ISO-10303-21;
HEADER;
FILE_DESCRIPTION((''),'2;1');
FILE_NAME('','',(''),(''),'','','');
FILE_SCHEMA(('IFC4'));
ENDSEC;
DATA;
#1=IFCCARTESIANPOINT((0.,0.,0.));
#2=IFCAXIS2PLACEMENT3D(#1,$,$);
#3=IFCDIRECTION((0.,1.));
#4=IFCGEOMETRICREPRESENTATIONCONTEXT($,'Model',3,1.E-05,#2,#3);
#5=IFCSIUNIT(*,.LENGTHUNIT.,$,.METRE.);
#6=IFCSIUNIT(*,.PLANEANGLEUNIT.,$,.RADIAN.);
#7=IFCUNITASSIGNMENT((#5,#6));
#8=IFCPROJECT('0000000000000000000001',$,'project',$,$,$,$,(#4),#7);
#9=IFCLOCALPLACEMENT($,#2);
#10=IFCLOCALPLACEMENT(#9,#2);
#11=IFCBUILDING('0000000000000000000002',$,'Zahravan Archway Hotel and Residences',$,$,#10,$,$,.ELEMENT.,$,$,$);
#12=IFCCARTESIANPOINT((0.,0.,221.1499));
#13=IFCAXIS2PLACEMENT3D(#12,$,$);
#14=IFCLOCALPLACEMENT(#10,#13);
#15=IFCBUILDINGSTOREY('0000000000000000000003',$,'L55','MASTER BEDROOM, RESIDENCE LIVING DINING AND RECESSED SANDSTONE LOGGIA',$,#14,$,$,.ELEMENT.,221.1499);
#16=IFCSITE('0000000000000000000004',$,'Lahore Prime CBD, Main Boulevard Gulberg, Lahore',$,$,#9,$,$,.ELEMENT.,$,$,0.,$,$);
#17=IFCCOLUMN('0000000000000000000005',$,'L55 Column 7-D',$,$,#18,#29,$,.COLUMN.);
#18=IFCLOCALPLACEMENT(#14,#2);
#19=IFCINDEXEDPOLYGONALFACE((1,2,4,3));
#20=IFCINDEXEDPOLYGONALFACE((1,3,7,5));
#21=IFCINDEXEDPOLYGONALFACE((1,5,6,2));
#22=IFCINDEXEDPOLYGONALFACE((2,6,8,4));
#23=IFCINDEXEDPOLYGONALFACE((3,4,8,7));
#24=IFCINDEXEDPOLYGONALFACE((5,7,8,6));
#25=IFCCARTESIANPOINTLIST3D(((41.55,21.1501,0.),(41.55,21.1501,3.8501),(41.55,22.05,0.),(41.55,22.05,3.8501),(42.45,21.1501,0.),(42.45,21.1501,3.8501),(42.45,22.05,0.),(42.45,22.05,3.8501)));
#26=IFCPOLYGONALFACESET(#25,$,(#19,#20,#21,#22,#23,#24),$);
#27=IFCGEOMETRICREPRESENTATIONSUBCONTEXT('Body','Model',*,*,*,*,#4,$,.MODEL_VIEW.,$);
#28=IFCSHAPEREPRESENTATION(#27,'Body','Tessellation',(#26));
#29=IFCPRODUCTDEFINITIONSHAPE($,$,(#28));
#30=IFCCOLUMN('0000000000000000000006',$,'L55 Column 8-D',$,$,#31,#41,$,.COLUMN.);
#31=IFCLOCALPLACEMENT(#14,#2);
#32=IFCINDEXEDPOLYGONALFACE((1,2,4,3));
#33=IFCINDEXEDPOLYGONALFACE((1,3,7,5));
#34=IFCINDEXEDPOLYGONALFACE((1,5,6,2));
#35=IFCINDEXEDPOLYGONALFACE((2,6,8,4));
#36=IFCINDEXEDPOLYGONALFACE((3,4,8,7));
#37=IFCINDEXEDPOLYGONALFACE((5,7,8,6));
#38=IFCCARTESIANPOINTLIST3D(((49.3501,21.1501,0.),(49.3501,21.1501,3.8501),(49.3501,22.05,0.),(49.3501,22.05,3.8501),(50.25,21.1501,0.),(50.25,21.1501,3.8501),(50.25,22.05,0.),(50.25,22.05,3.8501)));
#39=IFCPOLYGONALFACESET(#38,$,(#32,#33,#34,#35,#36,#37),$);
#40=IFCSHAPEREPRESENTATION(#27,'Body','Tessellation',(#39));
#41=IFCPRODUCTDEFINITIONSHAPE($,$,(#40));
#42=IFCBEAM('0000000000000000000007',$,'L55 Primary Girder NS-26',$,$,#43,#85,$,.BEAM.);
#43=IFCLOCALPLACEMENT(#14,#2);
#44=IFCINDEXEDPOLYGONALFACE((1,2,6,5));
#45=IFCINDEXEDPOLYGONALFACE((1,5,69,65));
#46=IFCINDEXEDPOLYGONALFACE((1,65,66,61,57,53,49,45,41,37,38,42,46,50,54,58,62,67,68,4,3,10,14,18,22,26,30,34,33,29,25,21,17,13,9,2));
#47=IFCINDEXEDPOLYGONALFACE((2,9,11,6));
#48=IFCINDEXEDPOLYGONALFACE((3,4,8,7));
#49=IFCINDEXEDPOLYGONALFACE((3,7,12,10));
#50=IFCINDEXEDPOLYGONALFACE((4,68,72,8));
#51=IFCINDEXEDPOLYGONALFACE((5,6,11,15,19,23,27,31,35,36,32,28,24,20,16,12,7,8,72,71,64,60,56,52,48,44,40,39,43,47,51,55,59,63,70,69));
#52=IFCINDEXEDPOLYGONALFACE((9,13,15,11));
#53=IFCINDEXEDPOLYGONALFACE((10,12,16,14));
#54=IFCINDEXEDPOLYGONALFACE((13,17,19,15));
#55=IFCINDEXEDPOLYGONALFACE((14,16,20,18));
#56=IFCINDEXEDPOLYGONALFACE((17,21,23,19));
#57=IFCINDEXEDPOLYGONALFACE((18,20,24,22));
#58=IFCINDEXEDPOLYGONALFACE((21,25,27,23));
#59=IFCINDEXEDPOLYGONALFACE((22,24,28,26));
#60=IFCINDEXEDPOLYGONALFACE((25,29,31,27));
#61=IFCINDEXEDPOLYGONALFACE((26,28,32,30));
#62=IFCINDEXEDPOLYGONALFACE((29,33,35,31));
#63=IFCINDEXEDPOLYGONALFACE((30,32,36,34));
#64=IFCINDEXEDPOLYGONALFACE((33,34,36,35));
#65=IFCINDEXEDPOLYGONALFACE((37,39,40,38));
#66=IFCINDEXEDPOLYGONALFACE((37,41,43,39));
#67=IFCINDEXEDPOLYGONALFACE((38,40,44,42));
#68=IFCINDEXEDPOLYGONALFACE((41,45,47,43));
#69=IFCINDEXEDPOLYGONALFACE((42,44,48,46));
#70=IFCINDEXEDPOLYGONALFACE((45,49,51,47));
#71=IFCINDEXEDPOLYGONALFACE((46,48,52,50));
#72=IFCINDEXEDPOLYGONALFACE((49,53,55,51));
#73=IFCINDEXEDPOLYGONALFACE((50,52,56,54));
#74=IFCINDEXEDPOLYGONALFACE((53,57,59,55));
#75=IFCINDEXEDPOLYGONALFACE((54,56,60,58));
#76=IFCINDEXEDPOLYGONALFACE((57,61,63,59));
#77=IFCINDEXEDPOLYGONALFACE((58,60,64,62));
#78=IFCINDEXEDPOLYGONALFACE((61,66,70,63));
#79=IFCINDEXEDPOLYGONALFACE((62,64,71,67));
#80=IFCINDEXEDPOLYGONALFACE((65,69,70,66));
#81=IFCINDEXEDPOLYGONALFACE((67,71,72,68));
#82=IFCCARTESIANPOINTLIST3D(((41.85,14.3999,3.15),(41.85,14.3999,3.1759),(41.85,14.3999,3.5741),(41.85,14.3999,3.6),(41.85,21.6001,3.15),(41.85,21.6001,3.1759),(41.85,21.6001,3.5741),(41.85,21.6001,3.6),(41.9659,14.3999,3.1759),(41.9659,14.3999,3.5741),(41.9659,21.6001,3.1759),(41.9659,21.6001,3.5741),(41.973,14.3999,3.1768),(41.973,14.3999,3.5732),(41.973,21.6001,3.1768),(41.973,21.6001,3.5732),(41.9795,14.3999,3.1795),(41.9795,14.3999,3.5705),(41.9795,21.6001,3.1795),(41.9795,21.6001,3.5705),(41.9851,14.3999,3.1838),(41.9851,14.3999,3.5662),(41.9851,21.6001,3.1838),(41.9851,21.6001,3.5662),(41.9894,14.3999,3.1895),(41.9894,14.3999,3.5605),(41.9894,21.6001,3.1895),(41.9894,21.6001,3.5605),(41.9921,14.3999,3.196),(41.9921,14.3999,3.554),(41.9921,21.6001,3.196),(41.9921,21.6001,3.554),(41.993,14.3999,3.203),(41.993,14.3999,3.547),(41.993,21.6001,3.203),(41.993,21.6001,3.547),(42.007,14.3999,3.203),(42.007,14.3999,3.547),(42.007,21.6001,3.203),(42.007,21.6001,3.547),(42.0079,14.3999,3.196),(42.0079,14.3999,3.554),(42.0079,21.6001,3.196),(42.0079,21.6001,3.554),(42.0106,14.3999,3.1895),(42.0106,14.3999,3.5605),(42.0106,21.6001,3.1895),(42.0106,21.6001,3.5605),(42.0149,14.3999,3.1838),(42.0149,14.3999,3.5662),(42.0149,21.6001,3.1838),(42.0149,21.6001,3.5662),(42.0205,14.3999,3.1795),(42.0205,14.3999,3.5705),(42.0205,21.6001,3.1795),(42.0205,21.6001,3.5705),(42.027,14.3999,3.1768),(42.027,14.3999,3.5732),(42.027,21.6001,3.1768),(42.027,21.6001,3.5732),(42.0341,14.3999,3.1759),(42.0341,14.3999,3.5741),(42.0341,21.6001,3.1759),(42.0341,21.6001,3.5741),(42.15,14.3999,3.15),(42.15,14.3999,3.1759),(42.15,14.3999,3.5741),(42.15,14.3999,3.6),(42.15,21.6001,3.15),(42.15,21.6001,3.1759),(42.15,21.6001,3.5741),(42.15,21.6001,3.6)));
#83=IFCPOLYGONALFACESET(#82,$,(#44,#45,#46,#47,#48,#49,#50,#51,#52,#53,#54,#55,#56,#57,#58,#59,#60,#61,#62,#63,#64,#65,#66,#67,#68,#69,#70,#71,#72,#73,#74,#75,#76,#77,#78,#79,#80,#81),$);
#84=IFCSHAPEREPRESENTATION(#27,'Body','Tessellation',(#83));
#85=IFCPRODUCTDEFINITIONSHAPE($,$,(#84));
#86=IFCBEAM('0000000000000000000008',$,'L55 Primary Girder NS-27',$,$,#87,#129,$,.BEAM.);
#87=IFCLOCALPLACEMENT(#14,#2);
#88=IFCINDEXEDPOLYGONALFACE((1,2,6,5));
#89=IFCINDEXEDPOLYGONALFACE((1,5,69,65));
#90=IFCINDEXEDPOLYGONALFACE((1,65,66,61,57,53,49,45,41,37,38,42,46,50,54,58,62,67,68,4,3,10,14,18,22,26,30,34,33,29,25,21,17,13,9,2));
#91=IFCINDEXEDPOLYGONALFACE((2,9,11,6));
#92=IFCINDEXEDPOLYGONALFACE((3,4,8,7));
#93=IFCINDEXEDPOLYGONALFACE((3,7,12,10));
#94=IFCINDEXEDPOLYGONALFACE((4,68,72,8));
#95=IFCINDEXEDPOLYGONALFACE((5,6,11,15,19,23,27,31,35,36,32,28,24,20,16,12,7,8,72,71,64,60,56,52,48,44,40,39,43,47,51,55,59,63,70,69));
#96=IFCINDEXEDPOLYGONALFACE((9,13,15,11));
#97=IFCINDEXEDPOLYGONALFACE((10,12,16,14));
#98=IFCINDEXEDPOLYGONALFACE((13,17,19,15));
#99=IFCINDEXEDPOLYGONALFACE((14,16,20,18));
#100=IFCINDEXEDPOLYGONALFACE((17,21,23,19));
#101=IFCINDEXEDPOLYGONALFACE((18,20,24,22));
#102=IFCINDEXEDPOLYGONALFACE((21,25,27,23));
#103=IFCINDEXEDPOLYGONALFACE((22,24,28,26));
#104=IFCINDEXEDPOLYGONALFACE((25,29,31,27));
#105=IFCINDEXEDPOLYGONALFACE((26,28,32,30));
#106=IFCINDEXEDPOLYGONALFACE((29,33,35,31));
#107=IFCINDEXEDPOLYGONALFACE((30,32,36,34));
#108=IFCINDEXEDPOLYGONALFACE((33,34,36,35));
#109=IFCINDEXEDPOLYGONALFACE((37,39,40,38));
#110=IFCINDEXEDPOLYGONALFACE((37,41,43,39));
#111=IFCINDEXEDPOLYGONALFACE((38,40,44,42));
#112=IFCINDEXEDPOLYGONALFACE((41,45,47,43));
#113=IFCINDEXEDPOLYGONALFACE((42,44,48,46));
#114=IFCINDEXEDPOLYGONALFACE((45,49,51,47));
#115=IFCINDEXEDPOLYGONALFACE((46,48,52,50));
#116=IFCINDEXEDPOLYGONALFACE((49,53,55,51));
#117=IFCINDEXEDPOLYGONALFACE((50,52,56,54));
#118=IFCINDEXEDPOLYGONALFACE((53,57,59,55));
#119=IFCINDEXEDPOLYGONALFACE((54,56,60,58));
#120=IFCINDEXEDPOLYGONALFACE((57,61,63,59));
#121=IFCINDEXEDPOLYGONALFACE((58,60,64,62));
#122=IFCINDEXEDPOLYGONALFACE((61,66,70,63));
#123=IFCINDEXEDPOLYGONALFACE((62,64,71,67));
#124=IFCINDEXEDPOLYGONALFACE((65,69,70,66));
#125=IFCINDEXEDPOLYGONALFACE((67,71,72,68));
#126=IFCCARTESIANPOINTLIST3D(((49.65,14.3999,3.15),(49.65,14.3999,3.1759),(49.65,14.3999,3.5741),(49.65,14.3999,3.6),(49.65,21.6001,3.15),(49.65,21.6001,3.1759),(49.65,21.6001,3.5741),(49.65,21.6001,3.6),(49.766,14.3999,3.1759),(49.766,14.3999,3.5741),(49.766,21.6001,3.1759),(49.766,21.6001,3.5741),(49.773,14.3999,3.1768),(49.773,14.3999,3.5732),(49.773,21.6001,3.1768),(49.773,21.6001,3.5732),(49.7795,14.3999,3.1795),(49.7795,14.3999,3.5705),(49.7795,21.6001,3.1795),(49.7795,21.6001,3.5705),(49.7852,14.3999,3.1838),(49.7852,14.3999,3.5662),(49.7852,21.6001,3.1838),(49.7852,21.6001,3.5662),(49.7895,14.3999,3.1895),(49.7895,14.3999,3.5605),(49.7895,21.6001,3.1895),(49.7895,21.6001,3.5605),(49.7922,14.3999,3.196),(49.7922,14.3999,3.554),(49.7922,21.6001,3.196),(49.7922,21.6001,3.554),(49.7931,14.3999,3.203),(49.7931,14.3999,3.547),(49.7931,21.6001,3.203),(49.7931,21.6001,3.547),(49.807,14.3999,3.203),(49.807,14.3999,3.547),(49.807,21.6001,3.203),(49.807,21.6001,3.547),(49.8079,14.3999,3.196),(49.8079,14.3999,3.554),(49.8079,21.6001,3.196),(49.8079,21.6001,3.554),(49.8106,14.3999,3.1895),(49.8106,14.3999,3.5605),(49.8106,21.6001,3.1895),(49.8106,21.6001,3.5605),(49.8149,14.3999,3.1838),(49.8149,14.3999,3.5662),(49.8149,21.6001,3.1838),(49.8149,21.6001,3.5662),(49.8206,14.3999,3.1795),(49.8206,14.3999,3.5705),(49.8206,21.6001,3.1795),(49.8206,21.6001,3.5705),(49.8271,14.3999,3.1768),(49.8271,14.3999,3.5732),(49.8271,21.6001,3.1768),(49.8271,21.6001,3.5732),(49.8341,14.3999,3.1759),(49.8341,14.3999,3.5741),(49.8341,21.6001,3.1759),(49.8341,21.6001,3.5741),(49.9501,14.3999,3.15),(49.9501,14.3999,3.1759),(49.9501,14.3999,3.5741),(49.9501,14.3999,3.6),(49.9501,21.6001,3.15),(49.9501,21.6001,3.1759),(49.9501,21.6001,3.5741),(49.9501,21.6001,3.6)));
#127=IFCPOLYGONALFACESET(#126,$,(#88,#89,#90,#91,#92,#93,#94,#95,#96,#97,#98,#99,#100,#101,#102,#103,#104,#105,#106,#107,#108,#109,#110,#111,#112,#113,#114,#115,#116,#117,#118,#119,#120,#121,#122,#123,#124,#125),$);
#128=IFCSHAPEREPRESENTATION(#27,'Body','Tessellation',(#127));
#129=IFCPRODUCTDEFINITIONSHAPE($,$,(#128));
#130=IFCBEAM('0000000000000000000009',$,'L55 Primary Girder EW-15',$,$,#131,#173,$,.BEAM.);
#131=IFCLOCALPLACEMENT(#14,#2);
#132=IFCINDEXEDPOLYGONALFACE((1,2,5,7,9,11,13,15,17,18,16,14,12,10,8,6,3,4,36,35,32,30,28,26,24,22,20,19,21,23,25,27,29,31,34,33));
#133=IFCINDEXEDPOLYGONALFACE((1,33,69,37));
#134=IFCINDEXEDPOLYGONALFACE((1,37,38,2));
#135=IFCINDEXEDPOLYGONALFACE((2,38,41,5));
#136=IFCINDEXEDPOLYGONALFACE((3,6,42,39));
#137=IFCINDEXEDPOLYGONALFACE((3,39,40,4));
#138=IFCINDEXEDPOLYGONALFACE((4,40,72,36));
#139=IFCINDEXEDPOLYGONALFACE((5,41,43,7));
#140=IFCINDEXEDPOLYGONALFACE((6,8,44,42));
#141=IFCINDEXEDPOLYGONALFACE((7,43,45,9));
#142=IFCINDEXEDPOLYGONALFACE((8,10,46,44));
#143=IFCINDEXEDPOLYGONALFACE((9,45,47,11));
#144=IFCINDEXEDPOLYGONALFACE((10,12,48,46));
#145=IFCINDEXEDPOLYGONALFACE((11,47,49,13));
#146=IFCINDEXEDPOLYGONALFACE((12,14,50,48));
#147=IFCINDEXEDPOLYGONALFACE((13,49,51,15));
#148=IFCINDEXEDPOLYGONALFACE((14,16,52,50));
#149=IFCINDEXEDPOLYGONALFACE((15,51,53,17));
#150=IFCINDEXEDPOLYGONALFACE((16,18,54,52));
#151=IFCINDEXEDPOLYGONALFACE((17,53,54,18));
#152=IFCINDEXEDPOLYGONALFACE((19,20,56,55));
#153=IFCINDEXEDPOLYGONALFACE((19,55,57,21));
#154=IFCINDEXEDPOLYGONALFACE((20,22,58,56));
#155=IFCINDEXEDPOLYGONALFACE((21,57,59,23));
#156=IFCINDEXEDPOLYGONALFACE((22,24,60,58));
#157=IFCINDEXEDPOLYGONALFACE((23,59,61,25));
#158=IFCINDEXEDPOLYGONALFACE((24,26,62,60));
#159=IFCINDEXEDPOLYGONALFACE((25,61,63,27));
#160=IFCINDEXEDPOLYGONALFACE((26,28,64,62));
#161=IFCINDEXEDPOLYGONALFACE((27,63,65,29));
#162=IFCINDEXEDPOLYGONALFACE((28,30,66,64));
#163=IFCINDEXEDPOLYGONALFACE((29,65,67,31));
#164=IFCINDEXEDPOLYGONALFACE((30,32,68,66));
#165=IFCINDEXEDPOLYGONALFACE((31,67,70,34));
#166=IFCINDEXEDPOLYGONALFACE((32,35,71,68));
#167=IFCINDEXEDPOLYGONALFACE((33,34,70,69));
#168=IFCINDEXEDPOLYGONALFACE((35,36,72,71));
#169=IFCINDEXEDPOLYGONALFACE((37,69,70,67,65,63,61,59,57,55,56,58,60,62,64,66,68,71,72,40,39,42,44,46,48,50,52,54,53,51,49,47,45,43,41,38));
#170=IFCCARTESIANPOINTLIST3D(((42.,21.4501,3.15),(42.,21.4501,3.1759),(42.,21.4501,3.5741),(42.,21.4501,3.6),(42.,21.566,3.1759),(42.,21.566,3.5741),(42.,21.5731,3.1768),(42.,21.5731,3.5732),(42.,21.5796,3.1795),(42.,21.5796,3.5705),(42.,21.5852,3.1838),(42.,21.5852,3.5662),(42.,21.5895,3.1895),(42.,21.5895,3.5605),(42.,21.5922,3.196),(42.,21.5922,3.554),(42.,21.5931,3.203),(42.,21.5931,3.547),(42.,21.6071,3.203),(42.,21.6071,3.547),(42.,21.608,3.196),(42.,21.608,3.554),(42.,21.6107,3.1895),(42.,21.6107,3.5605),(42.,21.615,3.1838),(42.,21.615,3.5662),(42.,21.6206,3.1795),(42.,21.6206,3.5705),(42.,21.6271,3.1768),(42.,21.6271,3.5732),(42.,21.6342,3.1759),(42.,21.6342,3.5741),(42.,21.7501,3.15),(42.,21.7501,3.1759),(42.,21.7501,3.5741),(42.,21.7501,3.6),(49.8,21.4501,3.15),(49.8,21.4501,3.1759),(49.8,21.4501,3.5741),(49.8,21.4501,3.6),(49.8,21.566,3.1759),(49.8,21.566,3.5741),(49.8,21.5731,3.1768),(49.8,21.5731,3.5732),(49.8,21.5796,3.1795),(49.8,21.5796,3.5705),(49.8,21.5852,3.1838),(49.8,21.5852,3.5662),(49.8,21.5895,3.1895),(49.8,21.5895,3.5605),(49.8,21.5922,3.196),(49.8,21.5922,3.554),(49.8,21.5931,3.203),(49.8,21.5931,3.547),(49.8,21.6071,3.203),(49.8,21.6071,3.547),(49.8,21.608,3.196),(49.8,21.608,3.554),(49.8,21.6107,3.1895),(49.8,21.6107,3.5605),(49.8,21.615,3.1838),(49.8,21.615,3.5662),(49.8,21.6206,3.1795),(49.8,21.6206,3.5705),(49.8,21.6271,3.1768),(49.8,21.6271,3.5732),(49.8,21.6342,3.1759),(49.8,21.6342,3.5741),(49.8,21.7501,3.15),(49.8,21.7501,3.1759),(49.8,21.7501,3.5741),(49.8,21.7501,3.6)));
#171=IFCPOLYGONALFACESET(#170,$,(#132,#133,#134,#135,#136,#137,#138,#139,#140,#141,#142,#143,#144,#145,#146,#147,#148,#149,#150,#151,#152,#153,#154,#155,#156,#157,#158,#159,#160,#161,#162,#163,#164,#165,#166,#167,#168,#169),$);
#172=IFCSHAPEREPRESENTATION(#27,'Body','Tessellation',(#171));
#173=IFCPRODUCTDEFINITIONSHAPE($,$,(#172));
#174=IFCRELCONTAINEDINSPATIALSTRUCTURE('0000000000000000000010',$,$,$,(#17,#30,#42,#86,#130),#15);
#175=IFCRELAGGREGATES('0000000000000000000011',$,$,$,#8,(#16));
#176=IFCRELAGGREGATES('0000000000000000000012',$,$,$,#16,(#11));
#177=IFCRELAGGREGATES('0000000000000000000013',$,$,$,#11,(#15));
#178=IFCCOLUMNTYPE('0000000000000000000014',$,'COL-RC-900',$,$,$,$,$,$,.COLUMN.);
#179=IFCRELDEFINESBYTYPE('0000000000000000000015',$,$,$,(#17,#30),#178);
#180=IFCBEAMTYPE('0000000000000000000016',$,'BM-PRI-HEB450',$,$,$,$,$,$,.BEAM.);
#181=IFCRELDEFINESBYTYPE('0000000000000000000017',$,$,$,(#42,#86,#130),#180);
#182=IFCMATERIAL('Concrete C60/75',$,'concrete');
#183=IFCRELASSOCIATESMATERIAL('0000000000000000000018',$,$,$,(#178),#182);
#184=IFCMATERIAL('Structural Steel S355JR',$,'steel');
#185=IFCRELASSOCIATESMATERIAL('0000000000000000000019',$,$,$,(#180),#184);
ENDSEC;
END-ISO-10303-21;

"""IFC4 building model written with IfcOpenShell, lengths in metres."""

from ifc_helpers import new_model, si_unit, direction, frame, origin, origin_2d, place, context, subcontext, project, spatial, rectangle, i_section, extrude, source, transform, mapped, material, material_profile, profile_set, type_object, type_shapes, element, save


model = new_model("IFC4")

# Units and contexts
model_context = context("Model", 3, precision=1e-05, world=origin(), true_north=direction((0.0, 1.0)))
body_context = subcontext(model_context, "Body", "Model", "MODEL_VIEW")
ifc_project = project(units=[si_unit("LENGTHUNIT", "METRE"), si_unit("PLANEANGLEUNIT", "RADIAN")], contexts=[model_context])

# Site, building, storey
site_placement = place(None, origin())
site = spatial("IfcSite", under=ifc_project, at=site_placement, Name="Lahore Prime CBD, Main Boulevard Gulberg, Lahore", CompositionType="ELEMENT", RefElevation=0.0)
building_placement = place(site_placement, origin())
building = spatial("IfcBuilding", under=site, at=building_placement, Name="Zahravan Archway Hotel and Residences", CompositionType="ELEMENT")
storey_placement = place(building_placement, frame((0.0, 0.0, 221.1499)))
storey = spatial("IfcBuildingStorey", under=building, at=storey_placement, Name="L55", Description="MASTER BEDROOM, RESIDENCE LIVING DINING AND RECESSED SANDSTONE LOGGIA", CompositionType="ELEMENT", Elevation=221.1499)

# Columns
ifc_material_1 = material(Name="Concrete C60/75", Category="concrete")
ifc_material_profile_1 = material_profile(ifc_material_1, rectangle(XDim=0.8999, YDim=0.8999, at=origin_2d()), Name="RC-COL-900x900", Category="concrete")
ifc_profile_set_1 = profile_set([ifc_material_profile_1], Name="Concrete C60/75")
column_type = type_object("IfcColumnType", Name="COL-RC-900", PredefinedType="COLUMN", material=ifc_profile_set_1)
shared_shape_1 = source(origin(), body_context, "Body", "SweptSolid", [
    extrude(rectangle(XDim=0.8999, YDim=0.8999, at=origin_2d()), origin(), (0.0, 0.0, 1.0), 3.8501),
])
type_shapes(column_type, [shared_shape_1])
for number, where, z_axis, x_axis, name in (
    (1, (42.0, 21.6001, 0.0), (0.0, 0.0, 1.0), (1.0, 0.0, 0.0), "L55 Column 7-D"),
    (2, (49.8, 21.6001, 0.0), (0.0, 0.0, 1.0), (1.0, 0.0, 0.0), "L55 Column 8-D"),
):
    element("IfcColumn", number, at=place(storey_placement, frame(where, z_axis=z_axis, x_axis=x_axis)), inside=storey, type_object=column_type, Name=name, PredefinedType="COLUMN", context=body_context, shape_type="MappedRepresentation", body=[
        mapped(shared_shape_1, transform((0.0, 0.0, 0.0), scale=1.0)),
    ])

# Beams
ifc_material_2 = material(Name="Structural Steel S355JR", Category="steel")
ifc_material_profile_2 = material_profile(ifc_material_2, i_section(OverallWidth=0.3, OverallDepth=0.45, WebThickness=0.0139, FlangeThickness=0.0259, FilletRadius=0.0271, at=origin_2d()), Name="HEB 450", Category="steel")
ifc_profile_set_2 = profile_set([ifc_material_profile_2], Name="Structural Steel S355JR")
beam_type = type_object("IfcBeamType", Name="BM-PRI-HEB450", PredefinedType="BEAM", material=ifc_profile_set_2)
shared_shape_2 = source(origin(), body_context, "Body", "SweptSolid", [
    extrude(i_section(OverallWidth=0.3, OverallDepth=0.45, WebThickness=0.0139, FlangeThickness=0.0259, FilletRadius=0.0271, at=origin_2d()), origin(), (0.0, 0.0, 1.0), 7.2002),
])
type_shapes(beam_type, [shared_shape_2])
for number, where, z_axis, x_axis, name in (
    (3, (42.0, 14.3999, 3.375), (0.0, 1.0, 0.0), (-1.0, 0.0, 0.0), "L55 Primary Girder NS-26"),
    (4, (49.8, 14.3999, 3.375), (0.0, 1.0, 0.0), (-1.0, 0.0, 0.0), "L55 Primary Girder NS-27"),
):
    element("IfcBeam", number, at=place(storey_placement, frame(where, z_axis=z_axis, x_axis=x_axis)), inside=storey, type_object=beam_type, Name=name, PredefinedType="BEAM", context=body_context, shape_type="MappedRepresentation", body=[
        mapped(shared_shape_2, transform((0.0, 0.0, 0.0), scale=1.0)),
    ])
shared_shape_3 = source(origin(), body_context, "Body", "SweptSolid", [
    extrude(i_section(OverallWidth=0.3, OverallDepth=0.45, WebThickness=0.0139, FlangeThickness=0.0259, FilletRadius=0.0271, at=origin_2d()), origin(), (0.0, 0.0, 1.0), 7.8),
])
beam_placement = place(storey_placement, frame((42.0, 21.6001, 3.375), z_axis=(1.0, 0.0, 0.0), x_axis=(0.0, 1.0, 0.0)))
element("IfcBeam", 5, at=beam_placement, inside=storey, type_object=beam_type, Name="L55 Primary Girder EW-15", PredefinedType="BEAM", context=body_context, shape_type="MappedRepresentation", body=[
    mapped(shared_shape_3, transform((0.0, 0.0, 0.0), scale=1.0)),
])

save(model, "model.ifc")
